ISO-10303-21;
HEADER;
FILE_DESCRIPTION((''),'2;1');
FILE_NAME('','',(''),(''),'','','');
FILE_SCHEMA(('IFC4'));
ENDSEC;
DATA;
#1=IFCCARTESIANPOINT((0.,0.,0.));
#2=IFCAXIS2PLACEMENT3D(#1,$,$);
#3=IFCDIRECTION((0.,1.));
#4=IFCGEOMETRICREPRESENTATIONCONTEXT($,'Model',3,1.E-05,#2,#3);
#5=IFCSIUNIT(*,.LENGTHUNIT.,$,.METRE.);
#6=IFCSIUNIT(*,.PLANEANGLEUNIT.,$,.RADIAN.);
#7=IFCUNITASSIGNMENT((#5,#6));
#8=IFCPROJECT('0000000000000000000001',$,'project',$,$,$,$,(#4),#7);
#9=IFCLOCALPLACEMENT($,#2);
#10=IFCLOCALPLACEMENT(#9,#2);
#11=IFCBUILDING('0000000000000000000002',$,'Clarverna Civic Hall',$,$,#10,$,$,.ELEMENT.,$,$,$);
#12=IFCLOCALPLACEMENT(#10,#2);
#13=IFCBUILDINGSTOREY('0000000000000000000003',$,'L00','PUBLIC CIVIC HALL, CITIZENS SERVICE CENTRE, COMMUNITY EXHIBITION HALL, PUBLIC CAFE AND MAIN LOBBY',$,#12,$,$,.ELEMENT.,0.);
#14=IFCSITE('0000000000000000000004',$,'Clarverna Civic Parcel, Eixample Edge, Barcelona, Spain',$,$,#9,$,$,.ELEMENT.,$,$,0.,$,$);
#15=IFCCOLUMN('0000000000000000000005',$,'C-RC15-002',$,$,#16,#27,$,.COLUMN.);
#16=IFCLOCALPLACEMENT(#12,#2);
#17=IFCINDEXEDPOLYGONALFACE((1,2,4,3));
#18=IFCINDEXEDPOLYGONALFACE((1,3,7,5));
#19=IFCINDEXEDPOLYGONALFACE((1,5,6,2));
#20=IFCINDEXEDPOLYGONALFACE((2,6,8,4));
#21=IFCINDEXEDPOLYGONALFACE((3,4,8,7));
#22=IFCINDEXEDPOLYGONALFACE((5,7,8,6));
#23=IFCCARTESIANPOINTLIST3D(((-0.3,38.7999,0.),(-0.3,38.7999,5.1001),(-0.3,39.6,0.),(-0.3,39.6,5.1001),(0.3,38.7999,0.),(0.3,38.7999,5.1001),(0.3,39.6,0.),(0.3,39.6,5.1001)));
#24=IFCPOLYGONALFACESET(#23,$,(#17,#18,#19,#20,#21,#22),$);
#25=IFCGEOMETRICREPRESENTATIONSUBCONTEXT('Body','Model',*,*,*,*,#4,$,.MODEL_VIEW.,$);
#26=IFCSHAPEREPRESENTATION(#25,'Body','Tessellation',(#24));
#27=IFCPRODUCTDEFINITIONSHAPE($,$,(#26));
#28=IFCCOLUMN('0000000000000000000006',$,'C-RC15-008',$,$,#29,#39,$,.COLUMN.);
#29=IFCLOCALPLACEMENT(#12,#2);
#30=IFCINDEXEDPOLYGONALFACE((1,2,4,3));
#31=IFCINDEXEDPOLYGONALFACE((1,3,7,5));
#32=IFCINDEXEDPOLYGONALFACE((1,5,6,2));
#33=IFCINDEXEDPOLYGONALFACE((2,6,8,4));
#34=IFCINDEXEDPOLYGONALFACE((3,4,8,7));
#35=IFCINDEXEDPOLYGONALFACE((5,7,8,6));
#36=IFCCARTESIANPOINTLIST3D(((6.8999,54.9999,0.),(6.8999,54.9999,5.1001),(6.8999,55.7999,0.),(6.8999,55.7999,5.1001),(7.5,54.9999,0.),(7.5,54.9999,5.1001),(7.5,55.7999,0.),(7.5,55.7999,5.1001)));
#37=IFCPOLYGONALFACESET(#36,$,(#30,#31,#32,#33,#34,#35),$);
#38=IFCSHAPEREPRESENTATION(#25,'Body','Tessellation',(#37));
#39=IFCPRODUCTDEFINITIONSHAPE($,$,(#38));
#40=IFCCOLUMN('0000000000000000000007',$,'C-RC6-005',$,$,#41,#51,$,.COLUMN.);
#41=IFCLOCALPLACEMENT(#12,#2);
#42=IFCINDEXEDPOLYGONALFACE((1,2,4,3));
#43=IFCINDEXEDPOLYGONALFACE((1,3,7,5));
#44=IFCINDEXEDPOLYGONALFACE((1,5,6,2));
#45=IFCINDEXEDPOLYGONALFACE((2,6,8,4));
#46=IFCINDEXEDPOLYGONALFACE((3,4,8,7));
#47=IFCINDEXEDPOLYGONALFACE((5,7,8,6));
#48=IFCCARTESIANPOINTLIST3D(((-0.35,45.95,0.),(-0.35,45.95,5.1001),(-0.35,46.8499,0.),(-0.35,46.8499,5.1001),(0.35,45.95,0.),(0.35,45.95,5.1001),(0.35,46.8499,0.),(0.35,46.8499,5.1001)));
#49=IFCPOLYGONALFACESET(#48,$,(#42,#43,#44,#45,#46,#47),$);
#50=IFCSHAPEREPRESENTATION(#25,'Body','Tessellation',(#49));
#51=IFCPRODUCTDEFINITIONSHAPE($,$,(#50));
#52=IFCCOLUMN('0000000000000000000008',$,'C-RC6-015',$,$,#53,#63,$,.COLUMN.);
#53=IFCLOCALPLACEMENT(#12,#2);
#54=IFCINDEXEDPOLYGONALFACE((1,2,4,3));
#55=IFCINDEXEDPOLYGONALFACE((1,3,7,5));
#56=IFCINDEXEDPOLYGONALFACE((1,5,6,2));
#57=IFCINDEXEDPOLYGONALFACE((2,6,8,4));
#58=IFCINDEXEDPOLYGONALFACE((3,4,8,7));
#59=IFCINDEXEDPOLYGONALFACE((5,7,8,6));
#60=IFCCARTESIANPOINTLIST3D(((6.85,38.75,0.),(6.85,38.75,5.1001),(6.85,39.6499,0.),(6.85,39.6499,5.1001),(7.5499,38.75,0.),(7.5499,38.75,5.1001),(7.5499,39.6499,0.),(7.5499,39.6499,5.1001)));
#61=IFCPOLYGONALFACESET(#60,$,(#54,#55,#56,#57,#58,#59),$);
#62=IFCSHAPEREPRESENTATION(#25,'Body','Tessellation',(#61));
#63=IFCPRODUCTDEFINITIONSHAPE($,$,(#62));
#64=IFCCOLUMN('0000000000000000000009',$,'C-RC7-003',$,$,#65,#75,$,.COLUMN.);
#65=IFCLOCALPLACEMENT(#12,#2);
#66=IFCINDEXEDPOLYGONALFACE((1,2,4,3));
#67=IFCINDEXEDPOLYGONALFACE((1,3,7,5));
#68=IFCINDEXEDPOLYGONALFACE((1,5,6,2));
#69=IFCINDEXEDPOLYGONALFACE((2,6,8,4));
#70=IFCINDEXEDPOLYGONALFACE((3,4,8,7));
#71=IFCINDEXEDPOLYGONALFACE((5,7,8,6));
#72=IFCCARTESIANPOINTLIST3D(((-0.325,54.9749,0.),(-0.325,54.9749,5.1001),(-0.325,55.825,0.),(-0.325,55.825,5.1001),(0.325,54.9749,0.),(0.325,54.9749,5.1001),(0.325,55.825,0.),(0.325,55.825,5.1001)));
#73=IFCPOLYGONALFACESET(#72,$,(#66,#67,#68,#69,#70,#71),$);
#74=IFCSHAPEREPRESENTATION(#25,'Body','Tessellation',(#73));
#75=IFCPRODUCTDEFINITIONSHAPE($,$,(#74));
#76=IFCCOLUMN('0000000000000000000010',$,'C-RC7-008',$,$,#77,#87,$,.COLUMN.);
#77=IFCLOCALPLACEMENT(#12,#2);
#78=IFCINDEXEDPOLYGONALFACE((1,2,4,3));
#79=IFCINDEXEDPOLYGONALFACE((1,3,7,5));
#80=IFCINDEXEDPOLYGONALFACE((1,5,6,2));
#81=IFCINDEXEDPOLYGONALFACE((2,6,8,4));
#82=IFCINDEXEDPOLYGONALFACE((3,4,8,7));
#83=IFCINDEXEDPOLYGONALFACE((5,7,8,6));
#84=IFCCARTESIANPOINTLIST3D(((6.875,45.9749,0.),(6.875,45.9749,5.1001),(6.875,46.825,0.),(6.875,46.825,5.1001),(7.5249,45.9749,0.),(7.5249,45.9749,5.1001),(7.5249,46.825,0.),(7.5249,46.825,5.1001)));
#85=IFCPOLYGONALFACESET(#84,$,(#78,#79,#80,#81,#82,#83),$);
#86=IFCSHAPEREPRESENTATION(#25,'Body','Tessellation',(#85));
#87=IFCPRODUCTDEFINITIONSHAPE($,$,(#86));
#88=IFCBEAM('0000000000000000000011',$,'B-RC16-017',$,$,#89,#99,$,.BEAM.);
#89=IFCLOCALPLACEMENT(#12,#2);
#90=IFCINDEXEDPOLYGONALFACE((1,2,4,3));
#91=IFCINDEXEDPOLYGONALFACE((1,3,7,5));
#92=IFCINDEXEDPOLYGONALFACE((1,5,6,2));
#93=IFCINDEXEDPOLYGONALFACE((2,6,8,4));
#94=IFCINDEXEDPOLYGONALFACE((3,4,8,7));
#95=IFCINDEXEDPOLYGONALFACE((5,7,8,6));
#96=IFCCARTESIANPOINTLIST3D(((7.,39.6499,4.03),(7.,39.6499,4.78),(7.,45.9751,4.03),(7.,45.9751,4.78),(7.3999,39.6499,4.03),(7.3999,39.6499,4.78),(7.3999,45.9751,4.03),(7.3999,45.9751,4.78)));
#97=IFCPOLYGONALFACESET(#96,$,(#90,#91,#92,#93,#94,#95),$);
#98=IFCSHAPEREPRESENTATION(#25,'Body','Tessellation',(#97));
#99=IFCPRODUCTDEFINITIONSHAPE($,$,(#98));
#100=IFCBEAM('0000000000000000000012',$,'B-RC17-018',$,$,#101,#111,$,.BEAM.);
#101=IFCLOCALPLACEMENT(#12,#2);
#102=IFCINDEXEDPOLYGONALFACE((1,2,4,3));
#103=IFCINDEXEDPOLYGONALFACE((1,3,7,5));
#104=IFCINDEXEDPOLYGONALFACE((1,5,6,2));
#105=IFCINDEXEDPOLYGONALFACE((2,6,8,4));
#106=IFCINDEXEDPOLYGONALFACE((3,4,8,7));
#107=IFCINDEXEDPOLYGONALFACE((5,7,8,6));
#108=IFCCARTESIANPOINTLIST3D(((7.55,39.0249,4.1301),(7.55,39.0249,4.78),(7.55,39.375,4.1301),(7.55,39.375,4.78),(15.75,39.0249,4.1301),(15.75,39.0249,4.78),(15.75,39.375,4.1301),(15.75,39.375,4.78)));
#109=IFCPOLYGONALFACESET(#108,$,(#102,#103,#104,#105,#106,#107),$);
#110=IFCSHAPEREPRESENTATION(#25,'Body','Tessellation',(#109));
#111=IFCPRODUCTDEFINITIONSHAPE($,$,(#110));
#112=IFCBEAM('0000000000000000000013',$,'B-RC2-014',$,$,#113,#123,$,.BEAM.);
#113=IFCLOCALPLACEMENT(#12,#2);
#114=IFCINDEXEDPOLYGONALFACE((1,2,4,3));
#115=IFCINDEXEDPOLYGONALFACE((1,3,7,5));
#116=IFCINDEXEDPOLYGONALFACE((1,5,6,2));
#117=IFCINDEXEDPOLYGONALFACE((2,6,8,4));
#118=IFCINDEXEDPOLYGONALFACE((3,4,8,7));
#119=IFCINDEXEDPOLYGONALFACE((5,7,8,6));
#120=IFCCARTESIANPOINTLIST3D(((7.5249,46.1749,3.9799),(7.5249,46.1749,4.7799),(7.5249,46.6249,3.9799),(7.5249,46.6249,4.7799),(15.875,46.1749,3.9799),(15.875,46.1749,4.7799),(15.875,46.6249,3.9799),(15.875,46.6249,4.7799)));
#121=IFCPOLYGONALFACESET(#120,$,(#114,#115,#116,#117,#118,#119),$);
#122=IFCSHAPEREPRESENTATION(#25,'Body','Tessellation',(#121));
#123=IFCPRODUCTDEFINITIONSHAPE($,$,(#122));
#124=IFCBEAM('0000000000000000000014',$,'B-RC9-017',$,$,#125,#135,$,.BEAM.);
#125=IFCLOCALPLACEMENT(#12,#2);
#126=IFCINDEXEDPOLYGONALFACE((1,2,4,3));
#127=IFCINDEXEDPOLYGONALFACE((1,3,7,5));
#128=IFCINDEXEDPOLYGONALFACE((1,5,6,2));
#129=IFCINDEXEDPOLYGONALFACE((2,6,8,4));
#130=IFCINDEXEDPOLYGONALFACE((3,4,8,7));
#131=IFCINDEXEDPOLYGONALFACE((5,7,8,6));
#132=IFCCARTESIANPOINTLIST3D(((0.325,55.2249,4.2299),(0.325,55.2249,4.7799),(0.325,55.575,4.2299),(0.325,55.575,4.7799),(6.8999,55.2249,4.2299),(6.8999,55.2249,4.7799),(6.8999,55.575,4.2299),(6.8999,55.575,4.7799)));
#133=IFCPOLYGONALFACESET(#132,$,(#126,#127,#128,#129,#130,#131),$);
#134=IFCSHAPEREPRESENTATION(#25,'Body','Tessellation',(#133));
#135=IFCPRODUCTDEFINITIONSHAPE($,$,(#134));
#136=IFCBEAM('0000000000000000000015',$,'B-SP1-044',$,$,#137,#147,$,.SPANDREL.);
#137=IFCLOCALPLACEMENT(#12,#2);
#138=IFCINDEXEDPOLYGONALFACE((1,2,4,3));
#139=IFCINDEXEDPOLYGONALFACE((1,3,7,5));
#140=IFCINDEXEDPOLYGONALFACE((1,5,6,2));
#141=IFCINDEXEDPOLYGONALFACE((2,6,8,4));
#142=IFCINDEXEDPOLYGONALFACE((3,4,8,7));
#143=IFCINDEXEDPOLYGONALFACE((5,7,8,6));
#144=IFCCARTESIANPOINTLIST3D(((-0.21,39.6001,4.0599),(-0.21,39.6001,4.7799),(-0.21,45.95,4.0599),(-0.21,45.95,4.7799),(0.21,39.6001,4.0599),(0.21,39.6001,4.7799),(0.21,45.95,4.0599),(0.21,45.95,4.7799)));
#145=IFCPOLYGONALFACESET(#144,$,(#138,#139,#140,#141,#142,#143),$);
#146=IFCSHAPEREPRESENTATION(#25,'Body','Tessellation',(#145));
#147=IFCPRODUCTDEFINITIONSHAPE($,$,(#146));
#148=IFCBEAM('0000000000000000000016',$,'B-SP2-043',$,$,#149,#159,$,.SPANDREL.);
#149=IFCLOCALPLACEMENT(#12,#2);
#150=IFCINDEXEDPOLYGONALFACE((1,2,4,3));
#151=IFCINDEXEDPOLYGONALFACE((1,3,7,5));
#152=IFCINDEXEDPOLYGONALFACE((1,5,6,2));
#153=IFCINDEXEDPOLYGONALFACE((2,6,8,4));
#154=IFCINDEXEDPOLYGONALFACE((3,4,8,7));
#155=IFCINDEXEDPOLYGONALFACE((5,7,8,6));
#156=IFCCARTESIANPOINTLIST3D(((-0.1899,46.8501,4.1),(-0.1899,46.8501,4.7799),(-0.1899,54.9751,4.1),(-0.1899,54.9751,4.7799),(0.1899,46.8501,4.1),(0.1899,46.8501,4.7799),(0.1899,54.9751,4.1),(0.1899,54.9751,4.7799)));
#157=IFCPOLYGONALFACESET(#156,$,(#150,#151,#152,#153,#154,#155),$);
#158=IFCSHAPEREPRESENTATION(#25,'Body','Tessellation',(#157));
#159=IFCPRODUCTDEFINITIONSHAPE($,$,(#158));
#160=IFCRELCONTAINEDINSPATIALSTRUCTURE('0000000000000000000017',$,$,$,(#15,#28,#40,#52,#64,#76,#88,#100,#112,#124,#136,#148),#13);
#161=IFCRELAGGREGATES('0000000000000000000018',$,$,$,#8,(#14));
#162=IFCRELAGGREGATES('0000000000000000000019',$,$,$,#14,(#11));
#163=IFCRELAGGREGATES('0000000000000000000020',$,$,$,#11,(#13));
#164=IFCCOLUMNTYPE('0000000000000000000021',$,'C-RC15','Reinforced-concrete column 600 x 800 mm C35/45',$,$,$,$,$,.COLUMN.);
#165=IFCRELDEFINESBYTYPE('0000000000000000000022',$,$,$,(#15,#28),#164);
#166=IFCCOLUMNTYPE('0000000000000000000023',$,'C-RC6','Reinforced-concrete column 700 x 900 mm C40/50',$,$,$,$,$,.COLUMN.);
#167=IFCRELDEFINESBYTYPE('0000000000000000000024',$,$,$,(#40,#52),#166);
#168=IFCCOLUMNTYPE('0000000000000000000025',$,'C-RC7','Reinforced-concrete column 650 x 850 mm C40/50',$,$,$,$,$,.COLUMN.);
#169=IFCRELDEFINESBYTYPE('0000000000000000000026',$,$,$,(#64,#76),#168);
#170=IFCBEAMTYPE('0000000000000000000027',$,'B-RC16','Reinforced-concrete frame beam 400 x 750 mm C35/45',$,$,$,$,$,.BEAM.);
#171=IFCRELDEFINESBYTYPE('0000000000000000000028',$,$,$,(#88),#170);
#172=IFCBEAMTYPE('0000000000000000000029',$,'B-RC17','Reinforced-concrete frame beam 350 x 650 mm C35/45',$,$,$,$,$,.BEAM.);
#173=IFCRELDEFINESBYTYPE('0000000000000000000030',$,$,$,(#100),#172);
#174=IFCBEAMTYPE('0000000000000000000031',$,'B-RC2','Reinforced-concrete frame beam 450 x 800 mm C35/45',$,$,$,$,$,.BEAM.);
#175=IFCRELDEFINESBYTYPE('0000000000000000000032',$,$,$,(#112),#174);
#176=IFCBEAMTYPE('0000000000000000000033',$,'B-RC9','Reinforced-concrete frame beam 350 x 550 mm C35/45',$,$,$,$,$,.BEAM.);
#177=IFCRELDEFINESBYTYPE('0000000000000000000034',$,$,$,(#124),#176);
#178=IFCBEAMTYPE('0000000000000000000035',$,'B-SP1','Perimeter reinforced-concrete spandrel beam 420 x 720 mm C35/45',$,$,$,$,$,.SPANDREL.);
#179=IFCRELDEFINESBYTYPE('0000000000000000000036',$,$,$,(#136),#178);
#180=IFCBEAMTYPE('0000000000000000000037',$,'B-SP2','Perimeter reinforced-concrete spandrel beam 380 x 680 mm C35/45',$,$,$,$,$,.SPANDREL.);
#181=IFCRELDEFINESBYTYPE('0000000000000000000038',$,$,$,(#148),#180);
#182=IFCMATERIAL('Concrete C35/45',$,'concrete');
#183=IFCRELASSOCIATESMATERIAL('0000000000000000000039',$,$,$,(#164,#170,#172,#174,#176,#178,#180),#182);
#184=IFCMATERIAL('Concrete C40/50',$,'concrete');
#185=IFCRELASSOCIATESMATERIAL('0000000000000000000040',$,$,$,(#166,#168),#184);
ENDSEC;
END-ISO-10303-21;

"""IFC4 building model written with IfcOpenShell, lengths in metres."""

from ifc_helpers import new_model, si_unit, direction, frame, origin, origin_2d, place, context, subcontext, project, spatial, rectangle, extrude, material, material_profile, profile_set, type_object, element, save


model = new_model("IFC4")

# Units and contexts
model_context = context("Model", 3, precision=1e-05, world=origin(), true_north=direction((0.0, 1.0)))
body_context = subcontext(model_context, "Body", "Model", "MODEL_VIEW")
ifc_project = project(units=[si_unit("LENGTHUNIT", "METRE"), si_unit("PLANEANGLEUNIT", "RADIAN")], contexts=[model_context])

# Site, building, storey
site_placement = place(None, origin())
site = spatial("IfcSite", under=ifc_project, at=site_placement, Name="Clarverna Civic Parcel, Eixample Edge, Barcelona, Spain", CompositionType="ELEMENT", RefElevation=0.0)
building_placement = place(site_placement, origin())
building = spatial("IfcBuilding", under=site, at=building_placement, Name="Clarverna Civic Hall", CompositionType="ELEMENT")
storey_placement = place(building_placement, origin())
storey = spatial("IfcBuildingStorey", under=building, at=storey_placement, Name="L00", Description="PUBLIC CIVIC HALL, CITIZENS SERVICE CENTRE, COMMUNITY EXHIBITION HALL, PUBLIC CAFE AND MAIN LOBBY", CompositionType="ELEMENT", Elevation=0.0)

# Columns
ifc_material_1 = material(Name="Concrete C35/45", Category="concrete")
ifc_material_profile_1 = material_profile(ifc_material_1, rectangle(XDim=0.6001, YDim=0.8, at=origin_2d()), Name="RC 600x800")
ifc_profile_set_1 = profile_set([ifc_material_profile_1], Name="Concrete C35/45")
column_type_1 = type_object("IfcColumnType", Name="C-RC15", Description="Reinforced-concrete column 600 x 800 mm C35/45", PredefinedType="COLUMN", material=ifc_profile_set_1)
for number, where, z_axis, x_axis, name in (
    (1, (0.0, 39.2, 0.0), (0.0, 0.0, 1.0), (1.0, 0.0, 0.0), "C-RC15-002"),
    (2, (7.2, 55.3999, 0.0), (0.0, 0.0, 1.0), (1.0, 0.0, 0.0), "C-RC15-008"),
):
    element("IfcColumn", number, at=place(storey_placement, frame(where, z_axis=z_axis, x_axis=x_axis)), inside=storey, type_object=column_type_1, Name=name, PredefinedType="COLUMN", context=body_context, shape_type="SweptSolid", body=[
        extrude(rectangle(XDim=0.6001, YDim=0.8, at=origin_2d()), origin(), (0.0, 0.0, 1.0), 5.1001),
    ])
ifc_material_2 = material(Name="Concrete C40/50", Category="concrete")
ifc_material_profile_2 = material_profile(ifc_material_2, rectangle(XDim=0.7, YDim=0.8999, at=origin_2d()), Name="RC 700x900")
ifc_profile_set_2 = profile_set([ifc_material_profile_2], Name="Concrete C40/50")
column_type_2 = type_object("IfcColumnType", Name="C-RC6", Description="Reinforced-concrete column 700 x 900 mm C40/50", PredefinedType="COLUMN", material=ifc_profile_set_2)
for number, where, z_axis, x_axis, name in (
    (3, (0.0, 46.3999, 0.0), (0.0, 0.0, 1.0), (1.0, 0.0, 0.0), "C-RC6-005"),
    (4, (7.2, 39.2, 0.0), (0.0, 0.0, 1.0), (1.0, 0.0, 0.0), "C-RC6-015"),
):
    element("IfcColumn", number, at=place(storey_placement, frame(where, z_axis=z_axis, x_axis=x_axis)), inside=storey, type_object=column_type_2, Name=name, PredefinedType="COLUMN", context=body_context, shape_type="SweptSolid", body=[
        extrude(rectangle(XDim=0.7, YDim=0.8999, at=origin_2d()), origin(), (0.0, 0.0, 1.0), 5.1001),
    ])
ifc_material_profile_3 = material_profile(ifc_material_2, rectangle(XDim=0.6499, YDim=0.8501, at=origin_2d()), Name="RC 650x850")
ifc_profile_set_3 = profile_set([ifc_material_profile_3], Name="Concrete C40/50")
column_type_3 = type_object("IfcColumnType", Name="C-RC7", Description="Reinforced-concrete column 650 x 850 mm C40/50", PredefinedType="COLUMN", material=ifc_profile_set_3)
for number, where, z_axis, x_axis, name in (
    (5, (0.0, 55.3999, 0.0), (0.0, 0.0, 1.0), (1.0, 0.0, 0.0), "C-RC7-003"),
    (6, (7.2, 46.3999, 0.0), (0.0, 0.0, 1.0), (1.0, 0.0, 0.0), "C-RC7-008"),
):
    element("IfcColumn", number, at=place(storey_placement, frame(where, z_axis=z_axis, x_axis=x_axis)), inside=storey, type_object=column_type_3, Name=name, PredefinedType="COLUMN", context=body_context, shape_type="SweptSolid", body=[
        extrude(rectangle(XDim=0.6499, YDim=0.8501, at=origin_2d()), origin(), (0.0, 0.0, 1.0), 5.1001),
    ])

# Beams
ifc_material_profile_4 = material_profile(ifc_material_1, rectangle(XDim=0.3999, YDim=0.75, at=origin_2d()), Name="RC 400x750")
ifc_profile_set_4 = profile_set([ifc_material_profile_4], Name="Concrete C35/45")
beam_type_1 = type_object("IfcBeamType", Name="B-RC16", Description="Reinforced-concrete frame beam 400 x 750 mm C35/45", PredefinedType="BEAM", material=ifc_profile_set_4)
beam_1_placement = place(storey_placement, frame((7.2, 39.6499, 4.405), z_axis=(0.0, 1.0, 0.0), x_axis=(-1.0, 0.0, 0.0)))
element("IfcBeam", 7, at=beam_1_placement, inside=storey, type_object=beam_type_1, Name="B-RC16-017", PredefinedType="BEAM", context=body_context, shape_type="SweptSolid", body=[
    extrude(rectangle(XDim=0.3999, YDim=0.75, at=origin_2d()), origin(), (0.0, 0.0, 1.0), 6.3252),
])
ifc_material_profile_5 = material_profile(ifc_material_1, rectangle(XDim=0.3501, YDim=0.6499, at=origin_2d()), Name="RC 350x650")
ifc_profile_set_5 = profile_set([ifc_material_profile_5], Name="Concrete C35/45")
beam_type_2 = type_object("IfcBeamType", Name="B-RC17", Description="Reinforced-concrete frame beam 350 x 650 mm C35/45", PredefinedType="BEAM", material=ifc_profile_set_5)
beam_2_placement = place(storey_placement, frame((7.55, 39.2, 4.4551), z_axis=(1.0, 0.0, 0.0), x_axis=(0.0, 1.0, 0.0)))
element("IfcBeam", 8, at=beam_2_placement, inside=storey, type_object=beam_type_2, Name="B-RC17-018", PredefinedType="BEAM", context=body_context, shape_type="SweptSolid", body=[
    extrude(rectangle(XDim=0.3501, YDim=0.6499, at=origin_2d()), origin(), (0.0, 0.0, 1.0), 8.2),
])
ifc_material_profile_6 = material_profile(ifc_material_1, rectangle(XDim=0.45, YDim=0.8, at=origin_2d()), Name="RC 450x800")
ifc_profile_set_6 = profile_set([ifc_material_profile_6], Name="Concrete C35/45")
beam_type_3 = type_object("IfcBeamType", Name="B-RC2", Description="Reinforced-concrete frame beam 450 x 800 mm C35/45", PredefinedType="BEAM", material=ifc_profile_set_6)
beam_3_placement = place(storey_placement, frame((7.5249, 46.3999, 4.3799), z_axis=(1.0, 0.0, 0.0), x_axis=(0.0, 1.0, 0.0)))
element("IfcBeam", 9, at=beam_3_placement, inside=storey, type_object=beam_type_3, Name="B-RC2-014", PredefinedType="BEAM", context=body_context, shape_type="SweptSolid", body=[
    extrude(rectangle(XDim=0.45, YDim=0.8, at=origin_2d()), origin(), (0.0, 0.0, 1.0), 8.3501),
])
ifc_material_profile_7 = material_profile(ifc_material_1, rectangle(XDim=0.3501, YDim=0.55, at=origin_2d()), Name="RC 350x550")
ifc_profile_set_7 = profile_set([ifc_material_profile_7], Name="Concrete C35/45")
beam_type_4 = type_object("IfcBeamType", Name="B-RC9", Description="Reinforced-concrete frame beam 350 x 550 mm C35/45", PredefinedType="BEAM", material=ifc_profile_set_7)
beam_4_placement = place(storey_placement, frame((0.325, 55.3999, 4.5049), z_axis=(1.0, 0.0, 0.0), x_axis=(0.0, 1.0, 0.0)))
element("IfcBeam", 10, at=beam_4_placement, inside=storey, type_object=beam_type_4, Name="B-RC9-017", PredefinedType="BEAM", context=body_context, shape_type="SweptSolid", body=[
    extrude(rectangle(XDim=0.3501, YDim=0.55, at=origin_2d()), origin(), (0.0, 0.0, 1.0), 6.575),
])
ifc_material_profile_8 = material_profile(ifc_material_1, rectangle(XDim=0.4199, YDim=0.72, at=origin_2d()), Name="RC 420x720")
ifc_profile_set_8 = profile_set([ifc_material_profile_8], Name="Concrete C35/45")
beam_type_5 = type_object("IfcBeamType", Name="B-SP1", Description="Perimeter reinforced-concrete spandrel beam 420 x 720 mm C35/45", PredefinedType="SPANDREL", material=ifc_profile_set_8)
beam_5_placement = place(storey_placement, frame((0.0, 39.6001, 4.4199), z_axis=(0.0, 1.0, 0.0), x_axis=(-1.0, 0.0, 0.0)))
element("IfcBeam", 11, at=beam_5_placement, inside=storey, type_object=beam_type_5, Name="B-SP1-044", PredefinedType="SPANDREL", context=body_context, shape_type="SweptSolid", body=[
    extrude(rectangle(XDim=0.4199, YDim=0.72, at=origin_2d()), origin(), (0.0, 0.0, 1.0), 6.3499),
])
ifc_material_profile_9 = material_profile(ifc_material_1, rectangle(XDim=0.3799, YDim=0.6799, at=origin_2d()), Name="RC 380x680")
ifc_profile_set_9 = profile_set([ifc_material_profile_9], Name="Concrete C35/45")
beam_type_6 = type_object("IfcBeamType", Name="B-SP2", Description="Perimeter reinforced-concrete spandrel beam 380 x 680 mm C35/45", PredefinedType="SPANDREL", material=ifc_profile_set_9)
beam_6_placement = place(storey_placement, frame((0.0, 46.8501, 4.4399), z_axis=(0.0, 1.0, 0.0), x_axis=(-1.0, 0.0, 0.0)))
element("IfcBeam", 12, at=beam_6_placement, inside=storey, type_object=beam_type_6, Name="B-SP2-043", PredefinedType="SPANDREL", context=body_context, shape_type="SweptSolid", body=[
    extrude(rectangle(XDim=0.3799, YDim=0.6799, at=origin_2d()), origin(), (0.0, 0.0, 1.0), 8.125),
])

save(model, "model.ifc")
